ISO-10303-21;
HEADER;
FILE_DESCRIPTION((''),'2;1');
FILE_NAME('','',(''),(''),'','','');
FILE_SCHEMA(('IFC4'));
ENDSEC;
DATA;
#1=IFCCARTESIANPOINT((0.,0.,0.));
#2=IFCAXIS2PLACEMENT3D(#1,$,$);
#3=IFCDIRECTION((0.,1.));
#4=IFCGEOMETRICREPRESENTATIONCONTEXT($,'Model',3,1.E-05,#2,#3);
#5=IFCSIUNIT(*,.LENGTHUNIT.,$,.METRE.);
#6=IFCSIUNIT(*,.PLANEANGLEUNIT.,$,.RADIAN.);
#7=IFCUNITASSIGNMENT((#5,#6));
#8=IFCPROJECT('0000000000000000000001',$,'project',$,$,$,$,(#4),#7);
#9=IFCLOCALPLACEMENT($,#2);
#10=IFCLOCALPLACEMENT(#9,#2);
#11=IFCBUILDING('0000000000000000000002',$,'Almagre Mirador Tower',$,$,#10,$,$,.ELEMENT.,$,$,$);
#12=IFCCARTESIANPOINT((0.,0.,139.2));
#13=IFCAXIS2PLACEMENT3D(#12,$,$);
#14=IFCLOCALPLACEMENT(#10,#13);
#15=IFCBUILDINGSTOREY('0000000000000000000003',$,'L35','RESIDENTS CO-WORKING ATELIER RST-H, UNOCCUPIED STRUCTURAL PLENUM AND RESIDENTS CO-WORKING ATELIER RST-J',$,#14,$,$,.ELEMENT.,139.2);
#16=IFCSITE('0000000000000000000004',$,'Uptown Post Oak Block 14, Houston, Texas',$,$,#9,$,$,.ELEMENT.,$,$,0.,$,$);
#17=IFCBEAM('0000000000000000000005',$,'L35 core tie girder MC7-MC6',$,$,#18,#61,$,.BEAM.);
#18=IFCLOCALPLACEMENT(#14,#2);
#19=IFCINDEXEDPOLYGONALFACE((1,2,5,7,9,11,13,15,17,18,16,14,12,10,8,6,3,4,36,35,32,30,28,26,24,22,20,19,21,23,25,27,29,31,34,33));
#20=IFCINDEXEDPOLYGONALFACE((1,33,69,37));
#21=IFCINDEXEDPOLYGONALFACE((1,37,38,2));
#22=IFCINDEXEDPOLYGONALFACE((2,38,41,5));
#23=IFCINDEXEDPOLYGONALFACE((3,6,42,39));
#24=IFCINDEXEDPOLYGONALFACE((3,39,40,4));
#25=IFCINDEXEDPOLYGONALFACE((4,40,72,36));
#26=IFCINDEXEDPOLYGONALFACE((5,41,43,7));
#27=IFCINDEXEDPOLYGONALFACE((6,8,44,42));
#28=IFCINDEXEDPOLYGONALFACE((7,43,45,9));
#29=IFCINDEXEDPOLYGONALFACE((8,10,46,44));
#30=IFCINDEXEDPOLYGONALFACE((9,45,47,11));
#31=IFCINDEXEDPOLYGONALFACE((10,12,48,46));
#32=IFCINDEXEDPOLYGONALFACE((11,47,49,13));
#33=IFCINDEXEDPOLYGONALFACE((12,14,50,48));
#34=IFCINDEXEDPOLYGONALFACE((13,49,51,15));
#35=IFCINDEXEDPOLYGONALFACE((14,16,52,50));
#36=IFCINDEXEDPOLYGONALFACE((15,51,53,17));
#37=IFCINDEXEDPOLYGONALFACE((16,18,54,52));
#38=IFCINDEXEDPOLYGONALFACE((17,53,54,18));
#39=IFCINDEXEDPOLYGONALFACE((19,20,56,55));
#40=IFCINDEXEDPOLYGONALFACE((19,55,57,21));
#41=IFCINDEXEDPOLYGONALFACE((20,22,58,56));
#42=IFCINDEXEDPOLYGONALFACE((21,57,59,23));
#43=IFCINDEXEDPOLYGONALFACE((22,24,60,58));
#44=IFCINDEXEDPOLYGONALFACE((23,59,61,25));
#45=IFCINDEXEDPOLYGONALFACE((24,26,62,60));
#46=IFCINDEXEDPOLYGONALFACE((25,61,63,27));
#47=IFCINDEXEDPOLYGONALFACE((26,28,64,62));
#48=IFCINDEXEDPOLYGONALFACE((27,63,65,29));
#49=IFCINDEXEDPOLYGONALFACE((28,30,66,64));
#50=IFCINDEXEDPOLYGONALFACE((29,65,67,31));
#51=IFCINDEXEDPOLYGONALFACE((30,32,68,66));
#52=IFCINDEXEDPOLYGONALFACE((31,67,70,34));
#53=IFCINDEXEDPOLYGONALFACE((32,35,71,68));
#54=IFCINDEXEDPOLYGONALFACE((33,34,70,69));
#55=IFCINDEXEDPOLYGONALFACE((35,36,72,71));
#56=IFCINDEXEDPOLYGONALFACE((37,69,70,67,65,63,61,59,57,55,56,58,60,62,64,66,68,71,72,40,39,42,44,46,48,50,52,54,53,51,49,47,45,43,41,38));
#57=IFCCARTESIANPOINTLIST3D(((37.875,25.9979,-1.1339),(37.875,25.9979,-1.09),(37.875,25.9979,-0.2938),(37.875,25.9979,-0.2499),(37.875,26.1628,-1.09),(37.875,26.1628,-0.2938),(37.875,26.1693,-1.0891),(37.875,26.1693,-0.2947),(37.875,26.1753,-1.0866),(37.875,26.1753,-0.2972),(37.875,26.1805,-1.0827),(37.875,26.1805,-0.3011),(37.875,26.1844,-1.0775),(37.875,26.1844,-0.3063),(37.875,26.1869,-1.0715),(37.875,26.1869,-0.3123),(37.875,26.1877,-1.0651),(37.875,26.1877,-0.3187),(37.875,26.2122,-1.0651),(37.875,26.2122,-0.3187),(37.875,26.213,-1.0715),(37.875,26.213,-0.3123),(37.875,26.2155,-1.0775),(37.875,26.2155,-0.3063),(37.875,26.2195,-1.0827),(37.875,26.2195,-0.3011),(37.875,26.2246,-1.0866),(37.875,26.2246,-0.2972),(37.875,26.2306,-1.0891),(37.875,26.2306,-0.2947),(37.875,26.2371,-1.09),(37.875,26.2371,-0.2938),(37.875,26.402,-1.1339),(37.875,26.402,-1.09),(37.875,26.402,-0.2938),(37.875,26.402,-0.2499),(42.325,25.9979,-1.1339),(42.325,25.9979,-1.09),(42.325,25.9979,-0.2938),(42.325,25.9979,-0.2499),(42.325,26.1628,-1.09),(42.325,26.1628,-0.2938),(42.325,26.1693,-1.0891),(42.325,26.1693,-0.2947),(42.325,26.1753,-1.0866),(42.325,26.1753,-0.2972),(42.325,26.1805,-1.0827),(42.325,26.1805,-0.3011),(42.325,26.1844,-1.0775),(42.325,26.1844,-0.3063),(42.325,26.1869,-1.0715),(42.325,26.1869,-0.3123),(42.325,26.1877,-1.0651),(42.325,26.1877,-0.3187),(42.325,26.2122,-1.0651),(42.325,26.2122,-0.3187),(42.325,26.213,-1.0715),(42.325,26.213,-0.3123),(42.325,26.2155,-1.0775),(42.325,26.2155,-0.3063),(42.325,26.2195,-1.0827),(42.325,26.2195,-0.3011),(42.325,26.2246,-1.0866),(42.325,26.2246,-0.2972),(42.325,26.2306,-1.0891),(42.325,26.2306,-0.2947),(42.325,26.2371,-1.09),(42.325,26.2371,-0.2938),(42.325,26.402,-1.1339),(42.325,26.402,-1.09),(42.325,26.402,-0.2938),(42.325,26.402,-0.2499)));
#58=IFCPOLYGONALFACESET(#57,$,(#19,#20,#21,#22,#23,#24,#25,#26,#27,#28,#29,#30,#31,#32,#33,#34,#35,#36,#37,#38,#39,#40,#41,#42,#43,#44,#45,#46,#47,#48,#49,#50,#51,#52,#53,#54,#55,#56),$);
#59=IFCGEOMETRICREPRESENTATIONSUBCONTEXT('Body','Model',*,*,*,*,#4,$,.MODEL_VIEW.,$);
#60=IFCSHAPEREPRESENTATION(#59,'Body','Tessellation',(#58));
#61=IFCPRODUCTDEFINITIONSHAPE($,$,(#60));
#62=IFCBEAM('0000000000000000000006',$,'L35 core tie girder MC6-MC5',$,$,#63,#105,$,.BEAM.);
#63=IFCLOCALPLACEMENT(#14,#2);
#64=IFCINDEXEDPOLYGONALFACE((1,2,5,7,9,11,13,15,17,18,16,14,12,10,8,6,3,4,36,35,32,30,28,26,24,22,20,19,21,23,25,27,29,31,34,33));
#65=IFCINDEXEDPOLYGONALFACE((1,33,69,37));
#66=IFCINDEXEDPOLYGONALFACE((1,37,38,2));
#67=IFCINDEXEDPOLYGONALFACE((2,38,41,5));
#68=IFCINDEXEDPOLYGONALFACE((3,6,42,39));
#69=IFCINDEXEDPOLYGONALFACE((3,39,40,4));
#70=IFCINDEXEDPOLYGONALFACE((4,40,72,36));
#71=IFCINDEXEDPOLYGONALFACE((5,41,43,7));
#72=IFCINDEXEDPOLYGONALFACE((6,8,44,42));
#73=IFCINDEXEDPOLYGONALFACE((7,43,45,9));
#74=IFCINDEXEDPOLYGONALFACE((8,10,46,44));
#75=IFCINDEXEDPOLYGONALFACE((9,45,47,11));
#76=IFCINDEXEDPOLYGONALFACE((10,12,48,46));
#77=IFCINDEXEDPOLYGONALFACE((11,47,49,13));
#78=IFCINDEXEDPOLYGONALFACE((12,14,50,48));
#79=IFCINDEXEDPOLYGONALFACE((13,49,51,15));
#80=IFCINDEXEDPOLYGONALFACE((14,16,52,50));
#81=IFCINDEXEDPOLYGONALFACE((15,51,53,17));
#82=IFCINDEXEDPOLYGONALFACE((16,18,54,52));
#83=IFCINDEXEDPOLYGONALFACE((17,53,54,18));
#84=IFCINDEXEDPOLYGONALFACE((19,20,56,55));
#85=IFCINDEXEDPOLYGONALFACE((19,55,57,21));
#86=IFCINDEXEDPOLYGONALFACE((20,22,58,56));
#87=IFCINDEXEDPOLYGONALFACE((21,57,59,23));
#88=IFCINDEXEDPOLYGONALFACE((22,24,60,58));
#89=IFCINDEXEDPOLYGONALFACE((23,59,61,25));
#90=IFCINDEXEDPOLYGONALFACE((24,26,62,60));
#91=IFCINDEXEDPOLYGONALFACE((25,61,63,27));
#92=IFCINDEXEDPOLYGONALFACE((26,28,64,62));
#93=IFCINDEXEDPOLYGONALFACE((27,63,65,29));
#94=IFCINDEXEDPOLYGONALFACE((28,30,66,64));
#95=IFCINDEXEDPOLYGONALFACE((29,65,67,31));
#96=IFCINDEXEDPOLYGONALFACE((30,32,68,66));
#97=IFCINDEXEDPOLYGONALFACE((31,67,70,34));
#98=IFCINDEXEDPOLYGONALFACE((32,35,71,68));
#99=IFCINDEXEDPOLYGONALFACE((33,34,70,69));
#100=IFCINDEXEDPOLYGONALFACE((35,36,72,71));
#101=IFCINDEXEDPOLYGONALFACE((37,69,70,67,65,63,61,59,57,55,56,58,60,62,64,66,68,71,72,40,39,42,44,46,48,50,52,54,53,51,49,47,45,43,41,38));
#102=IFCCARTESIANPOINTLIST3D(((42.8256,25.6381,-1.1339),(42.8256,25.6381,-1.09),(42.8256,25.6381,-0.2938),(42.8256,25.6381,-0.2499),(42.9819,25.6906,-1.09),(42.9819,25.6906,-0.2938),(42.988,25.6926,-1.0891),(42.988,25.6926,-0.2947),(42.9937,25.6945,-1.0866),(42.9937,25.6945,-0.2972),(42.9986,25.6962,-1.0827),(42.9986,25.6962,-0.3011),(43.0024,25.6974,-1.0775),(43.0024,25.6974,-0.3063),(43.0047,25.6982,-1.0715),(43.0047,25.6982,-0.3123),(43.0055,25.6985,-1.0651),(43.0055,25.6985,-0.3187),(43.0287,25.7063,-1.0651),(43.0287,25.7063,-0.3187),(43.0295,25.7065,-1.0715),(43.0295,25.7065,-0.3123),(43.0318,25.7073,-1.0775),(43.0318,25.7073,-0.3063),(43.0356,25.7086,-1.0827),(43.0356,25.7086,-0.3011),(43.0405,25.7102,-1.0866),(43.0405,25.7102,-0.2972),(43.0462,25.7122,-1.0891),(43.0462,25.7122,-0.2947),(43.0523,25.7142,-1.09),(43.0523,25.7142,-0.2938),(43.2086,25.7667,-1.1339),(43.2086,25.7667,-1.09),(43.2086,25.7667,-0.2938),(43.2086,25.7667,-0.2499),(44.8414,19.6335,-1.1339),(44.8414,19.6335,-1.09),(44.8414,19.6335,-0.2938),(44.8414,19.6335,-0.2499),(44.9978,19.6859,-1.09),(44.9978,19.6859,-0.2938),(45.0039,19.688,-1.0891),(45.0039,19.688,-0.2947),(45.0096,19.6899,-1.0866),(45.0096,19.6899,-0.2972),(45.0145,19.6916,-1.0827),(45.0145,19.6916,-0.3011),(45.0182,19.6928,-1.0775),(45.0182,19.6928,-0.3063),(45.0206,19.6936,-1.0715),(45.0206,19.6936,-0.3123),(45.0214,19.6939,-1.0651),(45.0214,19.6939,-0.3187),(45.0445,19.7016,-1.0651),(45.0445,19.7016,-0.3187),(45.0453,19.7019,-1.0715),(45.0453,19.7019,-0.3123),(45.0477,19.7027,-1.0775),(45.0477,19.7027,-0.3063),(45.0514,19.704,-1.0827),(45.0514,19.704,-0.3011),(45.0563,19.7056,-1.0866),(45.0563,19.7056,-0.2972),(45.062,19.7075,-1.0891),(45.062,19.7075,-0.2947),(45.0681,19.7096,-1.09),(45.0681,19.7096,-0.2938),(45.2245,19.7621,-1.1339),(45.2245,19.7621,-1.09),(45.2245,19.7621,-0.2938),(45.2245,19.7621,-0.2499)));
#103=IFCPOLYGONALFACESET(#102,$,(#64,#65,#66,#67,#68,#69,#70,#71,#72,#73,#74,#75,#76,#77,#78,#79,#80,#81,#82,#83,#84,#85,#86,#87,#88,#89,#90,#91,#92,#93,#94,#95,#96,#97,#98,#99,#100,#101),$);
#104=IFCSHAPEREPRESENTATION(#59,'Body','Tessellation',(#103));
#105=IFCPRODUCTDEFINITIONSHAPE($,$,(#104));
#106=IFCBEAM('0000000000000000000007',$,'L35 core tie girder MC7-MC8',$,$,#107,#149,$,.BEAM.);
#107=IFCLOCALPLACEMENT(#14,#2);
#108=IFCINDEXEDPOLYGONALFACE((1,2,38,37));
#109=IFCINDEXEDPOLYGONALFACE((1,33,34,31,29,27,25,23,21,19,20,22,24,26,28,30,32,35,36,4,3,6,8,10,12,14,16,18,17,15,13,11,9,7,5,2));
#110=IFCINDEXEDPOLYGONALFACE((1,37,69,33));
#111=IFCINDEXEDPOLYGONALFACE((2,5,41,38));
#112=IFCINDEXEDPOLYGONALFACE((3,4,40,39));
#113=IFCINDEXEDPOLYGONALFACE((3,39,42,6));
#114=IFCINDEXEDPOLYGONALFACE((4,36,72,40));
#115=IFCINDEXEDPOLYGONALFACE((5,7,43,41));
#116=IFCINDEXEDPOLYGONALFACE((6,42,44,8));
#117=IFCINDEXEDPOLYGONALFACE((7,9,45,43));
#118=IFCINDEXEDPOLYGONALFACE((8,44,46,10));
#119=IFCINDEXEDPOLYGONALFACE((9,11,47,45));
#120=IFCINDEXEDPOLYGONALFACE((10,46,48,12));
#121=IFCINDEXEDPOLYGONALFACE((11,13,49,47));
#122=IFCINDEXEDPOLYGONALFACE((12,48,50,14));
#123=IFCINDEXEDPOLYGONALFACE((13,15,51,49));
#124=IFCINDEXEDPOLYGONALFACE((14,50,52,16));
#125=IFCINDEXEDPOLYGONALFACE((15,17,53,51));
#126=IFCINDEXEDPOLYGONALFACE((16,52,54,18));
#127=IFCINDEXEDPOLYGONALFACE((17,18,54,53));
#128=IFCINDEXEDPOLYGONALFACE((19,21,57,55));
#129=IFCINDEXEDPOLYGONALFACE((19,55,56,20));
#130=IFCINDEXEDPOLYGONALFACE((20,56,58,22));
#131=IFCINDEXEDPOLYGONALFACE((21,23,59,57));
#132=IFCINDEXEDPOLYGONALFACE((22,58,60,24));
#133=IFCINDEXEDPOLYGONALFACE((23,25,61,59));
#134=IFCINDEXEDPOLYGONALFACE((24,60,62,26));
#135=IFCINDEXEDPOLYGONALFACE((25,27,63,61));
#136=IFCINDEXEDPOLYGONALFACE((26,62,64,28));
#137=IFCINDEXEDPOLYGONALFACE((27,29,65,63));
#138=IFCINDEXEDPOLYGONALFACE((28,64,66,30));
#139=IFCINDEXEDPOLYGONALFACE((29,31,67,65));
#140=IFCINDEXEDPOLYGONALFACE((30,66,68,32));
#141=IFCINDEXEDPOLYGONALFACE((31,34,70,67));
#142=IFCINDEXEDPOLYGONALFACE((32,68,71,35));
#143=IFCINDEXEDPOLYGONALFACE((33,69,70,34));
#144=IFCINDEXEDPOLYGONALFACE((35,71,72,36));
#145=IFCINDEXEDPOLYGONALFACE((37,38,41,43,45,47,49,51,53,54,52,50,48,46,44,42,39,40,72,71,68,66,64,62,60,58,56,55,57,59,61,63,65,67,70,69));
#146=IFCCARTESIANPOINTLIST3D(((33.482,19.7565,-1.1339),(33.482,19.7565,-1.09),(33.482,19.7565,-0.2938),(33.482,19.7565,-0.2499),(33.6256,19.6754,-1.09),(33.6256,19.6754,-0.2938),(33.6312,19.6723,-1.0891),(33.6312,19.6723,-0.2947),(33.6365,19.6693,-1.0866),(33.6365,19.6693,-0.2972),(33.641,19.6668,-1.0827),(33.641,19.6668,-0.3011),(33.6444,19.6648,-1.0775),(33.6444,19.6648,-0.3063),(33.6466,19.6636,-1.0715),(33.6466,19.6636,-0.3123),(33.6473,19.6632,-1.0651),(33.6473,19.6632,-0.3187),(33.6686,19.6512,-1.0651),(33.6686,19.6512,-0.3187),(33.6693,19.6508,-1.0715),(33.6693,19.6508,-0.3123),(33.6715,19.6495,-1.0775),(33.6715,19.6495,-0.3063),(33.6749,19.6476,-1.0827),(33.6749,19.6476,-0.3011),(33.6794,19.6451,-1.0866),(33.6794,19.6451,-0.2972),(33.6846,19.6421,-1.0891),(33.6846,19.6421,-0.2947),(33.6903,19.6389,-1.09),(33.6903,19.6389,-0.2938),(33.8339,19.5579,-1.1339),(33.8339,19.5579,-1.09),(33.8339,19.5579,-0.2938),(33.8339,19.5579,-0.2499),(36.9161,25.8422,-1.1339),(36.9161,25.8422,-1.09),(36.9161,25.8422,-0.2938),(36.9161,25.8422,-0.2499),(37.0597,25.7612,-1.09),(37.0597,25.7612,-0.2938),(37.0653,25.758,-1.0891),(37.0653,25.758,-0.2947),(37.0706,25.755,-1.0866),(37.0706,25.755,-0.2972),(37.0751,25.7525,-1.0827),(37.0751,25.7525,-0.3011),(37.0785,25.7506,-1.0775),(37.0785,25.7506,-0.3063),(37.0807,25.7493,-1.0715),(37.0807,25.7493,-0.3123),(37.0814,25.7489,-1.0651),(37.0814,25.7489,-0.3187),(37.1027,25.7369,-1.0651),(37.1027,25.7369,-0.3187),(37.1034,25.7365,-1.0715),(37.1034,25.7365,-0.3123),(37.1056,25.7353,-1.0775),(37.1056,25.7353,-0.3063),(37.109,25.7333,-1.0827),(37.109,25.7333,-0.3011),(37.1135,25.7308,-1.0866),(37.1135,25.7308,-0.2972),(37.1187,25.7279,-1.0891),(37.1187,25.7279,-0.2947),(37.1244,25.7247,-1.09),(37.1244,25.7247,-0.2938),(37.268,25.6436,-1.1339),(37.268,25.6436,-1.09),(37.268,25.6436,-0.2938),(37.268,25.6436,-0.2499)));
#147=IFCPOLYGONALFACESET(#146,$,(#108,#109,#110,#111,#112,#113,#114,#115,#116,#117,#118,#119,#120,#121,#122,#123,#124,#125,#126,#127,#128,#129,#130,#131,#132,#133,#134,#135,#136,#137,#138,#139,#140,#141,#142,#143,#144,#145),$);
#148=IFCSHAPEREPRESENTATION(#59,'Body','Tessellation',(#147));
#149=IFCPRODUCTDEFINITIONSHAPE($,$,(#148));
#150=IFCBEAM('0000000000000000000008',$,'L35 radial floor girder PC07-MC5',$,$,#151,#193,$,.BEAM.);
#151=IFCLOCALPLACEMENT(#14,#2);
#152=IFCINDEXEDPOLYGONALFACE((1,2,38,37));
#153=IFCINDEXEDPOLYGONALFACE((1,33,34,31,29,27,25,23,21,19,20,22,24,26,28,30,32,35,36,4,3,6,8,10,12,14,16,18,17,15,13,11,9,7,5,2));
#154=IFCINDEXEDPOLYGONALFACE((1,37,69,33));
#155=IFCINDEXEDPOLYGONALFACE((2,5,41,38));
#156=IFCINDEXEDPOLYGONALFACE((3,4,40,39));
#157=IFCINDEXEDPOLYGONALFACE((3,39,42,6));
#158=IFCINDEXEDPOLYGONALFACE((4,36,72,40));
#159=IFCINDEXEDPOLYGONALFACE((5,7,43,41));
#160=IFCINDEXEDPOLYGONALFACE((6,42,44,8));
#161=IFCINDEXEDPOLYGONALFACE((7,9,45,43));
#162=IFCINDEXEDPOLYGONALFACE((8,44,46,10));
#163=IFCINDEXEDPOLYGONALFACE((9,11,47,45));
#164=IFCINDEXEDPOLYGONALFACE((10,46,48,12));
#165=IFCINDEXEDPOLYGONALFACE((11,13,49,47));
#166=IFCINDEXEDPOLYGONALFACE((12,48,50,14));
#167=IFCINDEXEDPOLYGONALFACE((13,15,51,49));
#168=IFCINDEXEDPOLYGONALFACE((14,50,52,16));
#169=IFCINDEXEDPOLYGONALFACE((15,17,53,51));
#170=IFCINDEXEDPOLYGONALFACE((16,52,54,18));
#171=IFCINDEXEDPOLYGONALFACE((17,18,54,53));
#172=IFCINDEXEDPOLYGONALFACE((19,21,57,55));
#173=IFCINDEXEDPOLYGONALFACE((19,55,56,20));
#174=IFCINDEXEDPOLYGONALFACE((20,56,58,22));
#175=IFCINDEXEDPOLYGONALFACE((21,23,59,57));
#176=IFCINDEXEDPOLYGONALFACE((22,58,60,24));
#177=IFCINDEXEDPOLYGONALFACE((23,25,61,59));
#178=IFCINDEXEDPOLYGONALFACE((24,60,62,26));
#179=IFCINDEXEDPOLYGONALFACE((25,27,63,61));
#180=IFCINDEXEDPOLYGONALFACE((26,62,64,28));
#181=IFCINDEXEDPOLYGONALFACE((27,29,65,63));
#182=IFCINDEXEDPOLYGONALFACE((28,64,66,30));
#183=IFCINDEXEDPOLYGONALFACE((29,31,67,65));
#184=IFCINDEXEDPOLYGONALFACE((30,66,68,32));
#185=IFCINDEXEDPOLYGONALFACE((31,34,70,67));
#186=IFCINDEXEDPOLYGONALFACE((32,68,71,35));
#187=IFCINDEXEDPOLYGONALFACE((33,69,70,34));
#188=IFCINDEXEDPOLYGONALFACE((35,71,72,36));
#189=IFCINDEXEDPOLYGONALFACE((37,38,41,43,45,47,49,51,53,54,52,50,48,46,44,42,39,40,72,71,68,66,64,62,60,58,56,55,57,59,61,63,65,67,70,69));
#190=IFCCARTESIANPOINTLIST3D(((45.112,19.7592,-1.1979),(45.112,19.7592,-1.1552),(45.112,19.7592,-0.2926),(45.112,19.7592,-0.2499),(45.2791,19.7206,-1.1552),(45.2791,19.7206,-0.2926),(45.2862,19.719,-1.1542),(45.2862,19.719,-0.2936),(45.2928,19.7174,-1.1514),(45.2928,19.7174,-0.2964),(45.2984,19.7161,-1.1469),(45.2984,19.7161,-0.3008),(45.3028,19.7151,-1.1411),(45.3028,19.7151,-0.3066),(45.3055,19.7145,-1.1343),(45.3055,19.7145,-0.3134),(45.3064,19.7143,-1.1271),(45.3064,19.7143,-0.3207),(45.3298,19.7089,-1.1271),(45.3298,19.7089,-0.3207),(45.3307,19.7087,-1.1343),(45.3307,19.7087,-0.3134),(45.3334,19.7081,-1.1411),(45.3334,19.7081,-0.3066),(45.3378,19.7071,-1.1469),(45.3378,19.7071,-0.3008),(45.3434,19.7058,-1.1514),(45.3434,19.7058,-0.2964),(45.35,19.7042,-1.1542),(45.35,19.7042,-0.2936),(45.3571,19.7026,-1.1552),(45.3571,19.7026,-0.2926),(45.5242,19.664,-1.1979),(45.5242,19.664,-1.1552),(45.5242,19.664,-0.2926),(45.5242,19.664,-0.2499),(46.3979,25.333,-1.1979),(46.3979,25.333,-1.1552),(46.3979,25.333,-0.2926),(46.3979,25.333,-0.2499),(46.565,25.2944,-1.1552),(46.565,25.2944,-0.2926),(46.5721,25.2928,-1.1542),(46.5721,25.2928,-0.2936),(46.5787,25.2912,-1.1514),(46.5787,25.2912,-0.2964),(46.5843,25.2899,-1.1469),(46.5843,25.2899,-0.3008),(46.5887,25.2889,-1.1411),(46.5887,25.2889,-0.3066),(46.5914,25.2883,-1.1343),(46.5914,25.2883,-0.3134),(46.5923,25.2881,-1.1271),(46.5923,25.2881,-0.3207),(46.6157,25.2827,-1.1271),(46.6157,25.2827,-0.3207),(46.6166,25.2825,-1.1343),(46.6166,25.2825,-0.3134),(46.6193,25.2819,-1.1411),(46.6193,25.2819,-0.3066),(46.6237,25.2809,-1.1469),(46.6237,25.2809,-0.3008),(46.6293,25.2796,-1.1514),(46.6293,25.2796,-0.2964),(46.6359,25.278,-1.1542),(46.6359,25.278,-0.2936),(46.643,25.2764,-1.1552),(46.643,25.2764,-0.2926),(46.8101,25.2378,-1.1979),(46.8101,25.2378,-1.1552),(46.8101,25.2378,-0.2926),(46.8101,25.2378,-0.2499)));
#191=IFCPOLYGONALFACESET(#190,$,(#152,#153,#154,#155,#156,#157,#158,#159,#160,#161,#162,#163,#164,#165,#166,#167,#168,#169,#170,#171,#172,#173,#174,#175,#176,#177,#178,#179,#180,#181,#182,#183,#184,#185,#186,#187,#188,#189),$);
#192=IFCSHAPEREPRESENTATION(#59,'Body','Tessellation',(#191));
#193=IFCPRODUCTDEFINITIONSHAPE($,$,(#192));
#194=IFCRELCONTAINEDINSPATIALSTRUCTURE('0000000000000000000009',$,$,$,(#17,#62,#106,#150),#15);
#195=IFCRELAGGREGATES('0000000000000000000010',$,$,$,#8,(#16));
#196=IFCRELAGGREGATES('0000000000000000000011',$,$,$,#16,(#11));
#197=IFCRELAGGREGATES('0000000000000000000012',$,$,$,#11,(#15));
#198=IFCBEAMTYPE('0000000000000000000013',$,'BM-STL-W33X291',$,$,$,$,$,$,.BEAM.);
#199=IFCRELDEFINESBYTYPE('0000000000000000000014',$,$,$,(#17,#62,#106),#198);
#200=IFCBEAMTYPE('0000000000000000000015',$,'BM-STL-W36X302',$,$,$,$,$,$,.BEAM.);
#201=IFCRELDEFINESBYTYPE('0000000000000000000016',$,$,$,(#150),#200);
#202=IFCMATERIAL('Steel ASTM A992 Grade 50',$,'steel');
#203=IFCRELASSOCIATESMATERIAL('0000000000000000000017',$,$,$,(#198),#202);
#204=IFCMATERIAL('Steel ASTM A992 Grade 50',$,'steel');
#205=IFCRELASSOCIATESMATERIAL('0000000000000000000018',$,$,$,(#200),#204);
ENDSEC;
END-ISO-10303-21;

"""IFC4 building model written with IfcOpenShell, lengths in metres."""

from ifc_helpers import new_model, si_unit, direction, frame, origin, origin_2d, place, context, subcontext, project, spatial, i_section, extrude, material, material_profile, profile_set, type_object, element, save


model = new_model("IFC4")

# Units and contexts
model_context = context("Model", 3, precision=1e-05, world=origin(), true_north=direction((0.0, 1.0)))
body_context = subcontext(model_context, "Body", "Model", "MODEL_VIEW")
ifc_project = project(units=[si_unit("LENGTHUNIT", "METRE"), si_unit("PLANEANGLEUNIT", "RADIAN")], contexts=[model_context])

# Site, building, storey
site_placement = place(None, origin())
site = spatial("IfcSite", under=ifc_project, at=site_placement, Name="Uptown Post Oak Block 14, Houston, Texas", CompositionType="ELEMENT", RefElevation=0.0)
building_placement = place(site_placement, origin())
building = spatial("IfcBuilding", under=site, at=building_placement, Name="Almagre Mirador Tower", CompositionType="ELEMENT")
storey_placement = place(building_placement, frame((0.0, 0.0, 139.2)))
storey = spatial("IfcBuildingStorey", under=building, at=storey_placement, Name="L35", Description="RESIDENTS CO-WORKING ATELIER RST-H, UNOCCUPIED STRUCTURAL PLENUM AND RESIDENTS CO-WORKING ATELIER RST-J", CompositionType="ELEMENT", Elevation=139.2)

# Beams
ifc_material_1 = material(Name="Steel ASTM A992 Grade 50", Category="steel")
ifc_material_profile_1 = material_profile(ifc_material_1, i_section(OverallWidth=0.4041, OverallDepth=0.884, WebThickness=0.0244, FlangeThickness=0.0439, FilletRadius=0.0249, at=origin_2d()), Name="W33X291")
ifc_profile_set_1 = profile_set([ifc_material_profile_1], Name="Steel ASTM A992 Grade 50")
beam_type_1 = type_object("IfcBeamType", Name="BM-STL-W33X291", PredefinedType="BEAM", material=ifc_profile_set_1)
beam_1_placement = place(storey_placement, frame((37.875, 26.2, -0.6919), z_axis=(1.0, 0.0, 0.0), x_axis=(0.0, 1.0, 0.0)))
element("IfcBeam", 1, at=beam_1_placement, inside=storey, type_object=beam_type_1, Name="L35 core tie girder MC7-MC6", PredefinedType="BEAM", context=body_context, shape_type="SweptSolid", body=[
    extrude(i_section(OverallWidth=0.4041, OverallDepth=0.884, WebThickness=0.0244, FlangeThickness=0.0439, FilletRadius=0.0249, at=origin_2d()), origin(), (0.0, 0.0, 1.0), 4.45),
])
beam_2_placement = place(storey_placement, frame((43.0171, 25.7024, -0.6919), z_axis=(0.318262, -0.948003, 0.0), x_axis=(0.948003, 0.318262, 0.0)))
element("IfcBeam", 2, at=beam_2_placement, inside=storey, type_object=beam_type_1, Name="L35 core tie girder MC6-MC5", PredefinedType="BEAM", context=body_context, shape_type="SweptSolid", body=[
    extrude(i_section(OverallWidth=0.4041, OverallDepth=0.884, WebThickness=0.0244, FlangeThickness=0.0439, FilletRadius=0.0249, at=origin_2d()), origin(), (0.0, 0.0, 1.0), 6.334),
])
beam_3_placement = place(storey_placement, frame((37.092, 25.7429, -0.6919), z_axis=(-0.491444, -0.870909, 0.0), x_axis=(0.870909, -0.491444, 0.0)))
element("IfcBeam", 3, at=beam_3_placement, inside=storey, type_object=beam_type_1, Name="L35 core tie girder MC7-MC8", PredefinedType="BEAM", context=body_context, shape_type="SweptSolid", body=[
    extrude(i_section(OverallWidth=0.4041, OverallDepth=0.884, WebThickness=0.0244, FlangeThickness=0.0439, FilletRadius=0.0249, at=origin_2d()), origin(), (0.0, 0.0, 1.0), 6.9878),
])
ifc_material_2 = material(Name="Steel ASTM A992 Grade 50", Category="steel")
ifc_material_profile_2 = material_profile(ifc_material_2, i_section(OverallWidth=0.4231, OverallDepth=0.948, WebThickness=0.0239, FlangeThickness=0.0427, FilletRadius=0.0281, at=origin_2d()), Name="W36X302")
ifc_profile_set_2 = profile_set([ifc_material_profile_2], Name="Steel ASTM A992 Grade 50")
beam_type_2 = type_object("IfcBeamType", Name="BM-STL-W36X302", PredefinedType="BEAM", material=ifc_profile_set_2)
beam_4_placement = place(storey_placement, frame((46.604, 25.2854, -0.7239), z_axis=(-0.2248, -0.974405, 0.0), x_axis=(0.974405, -0.2248, 0.0)))
element("IfcBeam", 4, at=beam_4_placement, inside=storey, type_object=beam_type_2, Name="L35 radial floor girder PC07-MC5", PredefinedType="BEAM", context=body_context, shape_type="SweptSolid", body=[
    extrude(i_section(OverallWidth=0.4231, OverallDepth=0.948, WebThickness=0.0239, FlangeThickness=0.0427, FilletRadius=0.0281, at=origin_2d()), origin(), (0.0, 0.0, 1.0), 5.7202),
])

save(model, "model.ifc")
